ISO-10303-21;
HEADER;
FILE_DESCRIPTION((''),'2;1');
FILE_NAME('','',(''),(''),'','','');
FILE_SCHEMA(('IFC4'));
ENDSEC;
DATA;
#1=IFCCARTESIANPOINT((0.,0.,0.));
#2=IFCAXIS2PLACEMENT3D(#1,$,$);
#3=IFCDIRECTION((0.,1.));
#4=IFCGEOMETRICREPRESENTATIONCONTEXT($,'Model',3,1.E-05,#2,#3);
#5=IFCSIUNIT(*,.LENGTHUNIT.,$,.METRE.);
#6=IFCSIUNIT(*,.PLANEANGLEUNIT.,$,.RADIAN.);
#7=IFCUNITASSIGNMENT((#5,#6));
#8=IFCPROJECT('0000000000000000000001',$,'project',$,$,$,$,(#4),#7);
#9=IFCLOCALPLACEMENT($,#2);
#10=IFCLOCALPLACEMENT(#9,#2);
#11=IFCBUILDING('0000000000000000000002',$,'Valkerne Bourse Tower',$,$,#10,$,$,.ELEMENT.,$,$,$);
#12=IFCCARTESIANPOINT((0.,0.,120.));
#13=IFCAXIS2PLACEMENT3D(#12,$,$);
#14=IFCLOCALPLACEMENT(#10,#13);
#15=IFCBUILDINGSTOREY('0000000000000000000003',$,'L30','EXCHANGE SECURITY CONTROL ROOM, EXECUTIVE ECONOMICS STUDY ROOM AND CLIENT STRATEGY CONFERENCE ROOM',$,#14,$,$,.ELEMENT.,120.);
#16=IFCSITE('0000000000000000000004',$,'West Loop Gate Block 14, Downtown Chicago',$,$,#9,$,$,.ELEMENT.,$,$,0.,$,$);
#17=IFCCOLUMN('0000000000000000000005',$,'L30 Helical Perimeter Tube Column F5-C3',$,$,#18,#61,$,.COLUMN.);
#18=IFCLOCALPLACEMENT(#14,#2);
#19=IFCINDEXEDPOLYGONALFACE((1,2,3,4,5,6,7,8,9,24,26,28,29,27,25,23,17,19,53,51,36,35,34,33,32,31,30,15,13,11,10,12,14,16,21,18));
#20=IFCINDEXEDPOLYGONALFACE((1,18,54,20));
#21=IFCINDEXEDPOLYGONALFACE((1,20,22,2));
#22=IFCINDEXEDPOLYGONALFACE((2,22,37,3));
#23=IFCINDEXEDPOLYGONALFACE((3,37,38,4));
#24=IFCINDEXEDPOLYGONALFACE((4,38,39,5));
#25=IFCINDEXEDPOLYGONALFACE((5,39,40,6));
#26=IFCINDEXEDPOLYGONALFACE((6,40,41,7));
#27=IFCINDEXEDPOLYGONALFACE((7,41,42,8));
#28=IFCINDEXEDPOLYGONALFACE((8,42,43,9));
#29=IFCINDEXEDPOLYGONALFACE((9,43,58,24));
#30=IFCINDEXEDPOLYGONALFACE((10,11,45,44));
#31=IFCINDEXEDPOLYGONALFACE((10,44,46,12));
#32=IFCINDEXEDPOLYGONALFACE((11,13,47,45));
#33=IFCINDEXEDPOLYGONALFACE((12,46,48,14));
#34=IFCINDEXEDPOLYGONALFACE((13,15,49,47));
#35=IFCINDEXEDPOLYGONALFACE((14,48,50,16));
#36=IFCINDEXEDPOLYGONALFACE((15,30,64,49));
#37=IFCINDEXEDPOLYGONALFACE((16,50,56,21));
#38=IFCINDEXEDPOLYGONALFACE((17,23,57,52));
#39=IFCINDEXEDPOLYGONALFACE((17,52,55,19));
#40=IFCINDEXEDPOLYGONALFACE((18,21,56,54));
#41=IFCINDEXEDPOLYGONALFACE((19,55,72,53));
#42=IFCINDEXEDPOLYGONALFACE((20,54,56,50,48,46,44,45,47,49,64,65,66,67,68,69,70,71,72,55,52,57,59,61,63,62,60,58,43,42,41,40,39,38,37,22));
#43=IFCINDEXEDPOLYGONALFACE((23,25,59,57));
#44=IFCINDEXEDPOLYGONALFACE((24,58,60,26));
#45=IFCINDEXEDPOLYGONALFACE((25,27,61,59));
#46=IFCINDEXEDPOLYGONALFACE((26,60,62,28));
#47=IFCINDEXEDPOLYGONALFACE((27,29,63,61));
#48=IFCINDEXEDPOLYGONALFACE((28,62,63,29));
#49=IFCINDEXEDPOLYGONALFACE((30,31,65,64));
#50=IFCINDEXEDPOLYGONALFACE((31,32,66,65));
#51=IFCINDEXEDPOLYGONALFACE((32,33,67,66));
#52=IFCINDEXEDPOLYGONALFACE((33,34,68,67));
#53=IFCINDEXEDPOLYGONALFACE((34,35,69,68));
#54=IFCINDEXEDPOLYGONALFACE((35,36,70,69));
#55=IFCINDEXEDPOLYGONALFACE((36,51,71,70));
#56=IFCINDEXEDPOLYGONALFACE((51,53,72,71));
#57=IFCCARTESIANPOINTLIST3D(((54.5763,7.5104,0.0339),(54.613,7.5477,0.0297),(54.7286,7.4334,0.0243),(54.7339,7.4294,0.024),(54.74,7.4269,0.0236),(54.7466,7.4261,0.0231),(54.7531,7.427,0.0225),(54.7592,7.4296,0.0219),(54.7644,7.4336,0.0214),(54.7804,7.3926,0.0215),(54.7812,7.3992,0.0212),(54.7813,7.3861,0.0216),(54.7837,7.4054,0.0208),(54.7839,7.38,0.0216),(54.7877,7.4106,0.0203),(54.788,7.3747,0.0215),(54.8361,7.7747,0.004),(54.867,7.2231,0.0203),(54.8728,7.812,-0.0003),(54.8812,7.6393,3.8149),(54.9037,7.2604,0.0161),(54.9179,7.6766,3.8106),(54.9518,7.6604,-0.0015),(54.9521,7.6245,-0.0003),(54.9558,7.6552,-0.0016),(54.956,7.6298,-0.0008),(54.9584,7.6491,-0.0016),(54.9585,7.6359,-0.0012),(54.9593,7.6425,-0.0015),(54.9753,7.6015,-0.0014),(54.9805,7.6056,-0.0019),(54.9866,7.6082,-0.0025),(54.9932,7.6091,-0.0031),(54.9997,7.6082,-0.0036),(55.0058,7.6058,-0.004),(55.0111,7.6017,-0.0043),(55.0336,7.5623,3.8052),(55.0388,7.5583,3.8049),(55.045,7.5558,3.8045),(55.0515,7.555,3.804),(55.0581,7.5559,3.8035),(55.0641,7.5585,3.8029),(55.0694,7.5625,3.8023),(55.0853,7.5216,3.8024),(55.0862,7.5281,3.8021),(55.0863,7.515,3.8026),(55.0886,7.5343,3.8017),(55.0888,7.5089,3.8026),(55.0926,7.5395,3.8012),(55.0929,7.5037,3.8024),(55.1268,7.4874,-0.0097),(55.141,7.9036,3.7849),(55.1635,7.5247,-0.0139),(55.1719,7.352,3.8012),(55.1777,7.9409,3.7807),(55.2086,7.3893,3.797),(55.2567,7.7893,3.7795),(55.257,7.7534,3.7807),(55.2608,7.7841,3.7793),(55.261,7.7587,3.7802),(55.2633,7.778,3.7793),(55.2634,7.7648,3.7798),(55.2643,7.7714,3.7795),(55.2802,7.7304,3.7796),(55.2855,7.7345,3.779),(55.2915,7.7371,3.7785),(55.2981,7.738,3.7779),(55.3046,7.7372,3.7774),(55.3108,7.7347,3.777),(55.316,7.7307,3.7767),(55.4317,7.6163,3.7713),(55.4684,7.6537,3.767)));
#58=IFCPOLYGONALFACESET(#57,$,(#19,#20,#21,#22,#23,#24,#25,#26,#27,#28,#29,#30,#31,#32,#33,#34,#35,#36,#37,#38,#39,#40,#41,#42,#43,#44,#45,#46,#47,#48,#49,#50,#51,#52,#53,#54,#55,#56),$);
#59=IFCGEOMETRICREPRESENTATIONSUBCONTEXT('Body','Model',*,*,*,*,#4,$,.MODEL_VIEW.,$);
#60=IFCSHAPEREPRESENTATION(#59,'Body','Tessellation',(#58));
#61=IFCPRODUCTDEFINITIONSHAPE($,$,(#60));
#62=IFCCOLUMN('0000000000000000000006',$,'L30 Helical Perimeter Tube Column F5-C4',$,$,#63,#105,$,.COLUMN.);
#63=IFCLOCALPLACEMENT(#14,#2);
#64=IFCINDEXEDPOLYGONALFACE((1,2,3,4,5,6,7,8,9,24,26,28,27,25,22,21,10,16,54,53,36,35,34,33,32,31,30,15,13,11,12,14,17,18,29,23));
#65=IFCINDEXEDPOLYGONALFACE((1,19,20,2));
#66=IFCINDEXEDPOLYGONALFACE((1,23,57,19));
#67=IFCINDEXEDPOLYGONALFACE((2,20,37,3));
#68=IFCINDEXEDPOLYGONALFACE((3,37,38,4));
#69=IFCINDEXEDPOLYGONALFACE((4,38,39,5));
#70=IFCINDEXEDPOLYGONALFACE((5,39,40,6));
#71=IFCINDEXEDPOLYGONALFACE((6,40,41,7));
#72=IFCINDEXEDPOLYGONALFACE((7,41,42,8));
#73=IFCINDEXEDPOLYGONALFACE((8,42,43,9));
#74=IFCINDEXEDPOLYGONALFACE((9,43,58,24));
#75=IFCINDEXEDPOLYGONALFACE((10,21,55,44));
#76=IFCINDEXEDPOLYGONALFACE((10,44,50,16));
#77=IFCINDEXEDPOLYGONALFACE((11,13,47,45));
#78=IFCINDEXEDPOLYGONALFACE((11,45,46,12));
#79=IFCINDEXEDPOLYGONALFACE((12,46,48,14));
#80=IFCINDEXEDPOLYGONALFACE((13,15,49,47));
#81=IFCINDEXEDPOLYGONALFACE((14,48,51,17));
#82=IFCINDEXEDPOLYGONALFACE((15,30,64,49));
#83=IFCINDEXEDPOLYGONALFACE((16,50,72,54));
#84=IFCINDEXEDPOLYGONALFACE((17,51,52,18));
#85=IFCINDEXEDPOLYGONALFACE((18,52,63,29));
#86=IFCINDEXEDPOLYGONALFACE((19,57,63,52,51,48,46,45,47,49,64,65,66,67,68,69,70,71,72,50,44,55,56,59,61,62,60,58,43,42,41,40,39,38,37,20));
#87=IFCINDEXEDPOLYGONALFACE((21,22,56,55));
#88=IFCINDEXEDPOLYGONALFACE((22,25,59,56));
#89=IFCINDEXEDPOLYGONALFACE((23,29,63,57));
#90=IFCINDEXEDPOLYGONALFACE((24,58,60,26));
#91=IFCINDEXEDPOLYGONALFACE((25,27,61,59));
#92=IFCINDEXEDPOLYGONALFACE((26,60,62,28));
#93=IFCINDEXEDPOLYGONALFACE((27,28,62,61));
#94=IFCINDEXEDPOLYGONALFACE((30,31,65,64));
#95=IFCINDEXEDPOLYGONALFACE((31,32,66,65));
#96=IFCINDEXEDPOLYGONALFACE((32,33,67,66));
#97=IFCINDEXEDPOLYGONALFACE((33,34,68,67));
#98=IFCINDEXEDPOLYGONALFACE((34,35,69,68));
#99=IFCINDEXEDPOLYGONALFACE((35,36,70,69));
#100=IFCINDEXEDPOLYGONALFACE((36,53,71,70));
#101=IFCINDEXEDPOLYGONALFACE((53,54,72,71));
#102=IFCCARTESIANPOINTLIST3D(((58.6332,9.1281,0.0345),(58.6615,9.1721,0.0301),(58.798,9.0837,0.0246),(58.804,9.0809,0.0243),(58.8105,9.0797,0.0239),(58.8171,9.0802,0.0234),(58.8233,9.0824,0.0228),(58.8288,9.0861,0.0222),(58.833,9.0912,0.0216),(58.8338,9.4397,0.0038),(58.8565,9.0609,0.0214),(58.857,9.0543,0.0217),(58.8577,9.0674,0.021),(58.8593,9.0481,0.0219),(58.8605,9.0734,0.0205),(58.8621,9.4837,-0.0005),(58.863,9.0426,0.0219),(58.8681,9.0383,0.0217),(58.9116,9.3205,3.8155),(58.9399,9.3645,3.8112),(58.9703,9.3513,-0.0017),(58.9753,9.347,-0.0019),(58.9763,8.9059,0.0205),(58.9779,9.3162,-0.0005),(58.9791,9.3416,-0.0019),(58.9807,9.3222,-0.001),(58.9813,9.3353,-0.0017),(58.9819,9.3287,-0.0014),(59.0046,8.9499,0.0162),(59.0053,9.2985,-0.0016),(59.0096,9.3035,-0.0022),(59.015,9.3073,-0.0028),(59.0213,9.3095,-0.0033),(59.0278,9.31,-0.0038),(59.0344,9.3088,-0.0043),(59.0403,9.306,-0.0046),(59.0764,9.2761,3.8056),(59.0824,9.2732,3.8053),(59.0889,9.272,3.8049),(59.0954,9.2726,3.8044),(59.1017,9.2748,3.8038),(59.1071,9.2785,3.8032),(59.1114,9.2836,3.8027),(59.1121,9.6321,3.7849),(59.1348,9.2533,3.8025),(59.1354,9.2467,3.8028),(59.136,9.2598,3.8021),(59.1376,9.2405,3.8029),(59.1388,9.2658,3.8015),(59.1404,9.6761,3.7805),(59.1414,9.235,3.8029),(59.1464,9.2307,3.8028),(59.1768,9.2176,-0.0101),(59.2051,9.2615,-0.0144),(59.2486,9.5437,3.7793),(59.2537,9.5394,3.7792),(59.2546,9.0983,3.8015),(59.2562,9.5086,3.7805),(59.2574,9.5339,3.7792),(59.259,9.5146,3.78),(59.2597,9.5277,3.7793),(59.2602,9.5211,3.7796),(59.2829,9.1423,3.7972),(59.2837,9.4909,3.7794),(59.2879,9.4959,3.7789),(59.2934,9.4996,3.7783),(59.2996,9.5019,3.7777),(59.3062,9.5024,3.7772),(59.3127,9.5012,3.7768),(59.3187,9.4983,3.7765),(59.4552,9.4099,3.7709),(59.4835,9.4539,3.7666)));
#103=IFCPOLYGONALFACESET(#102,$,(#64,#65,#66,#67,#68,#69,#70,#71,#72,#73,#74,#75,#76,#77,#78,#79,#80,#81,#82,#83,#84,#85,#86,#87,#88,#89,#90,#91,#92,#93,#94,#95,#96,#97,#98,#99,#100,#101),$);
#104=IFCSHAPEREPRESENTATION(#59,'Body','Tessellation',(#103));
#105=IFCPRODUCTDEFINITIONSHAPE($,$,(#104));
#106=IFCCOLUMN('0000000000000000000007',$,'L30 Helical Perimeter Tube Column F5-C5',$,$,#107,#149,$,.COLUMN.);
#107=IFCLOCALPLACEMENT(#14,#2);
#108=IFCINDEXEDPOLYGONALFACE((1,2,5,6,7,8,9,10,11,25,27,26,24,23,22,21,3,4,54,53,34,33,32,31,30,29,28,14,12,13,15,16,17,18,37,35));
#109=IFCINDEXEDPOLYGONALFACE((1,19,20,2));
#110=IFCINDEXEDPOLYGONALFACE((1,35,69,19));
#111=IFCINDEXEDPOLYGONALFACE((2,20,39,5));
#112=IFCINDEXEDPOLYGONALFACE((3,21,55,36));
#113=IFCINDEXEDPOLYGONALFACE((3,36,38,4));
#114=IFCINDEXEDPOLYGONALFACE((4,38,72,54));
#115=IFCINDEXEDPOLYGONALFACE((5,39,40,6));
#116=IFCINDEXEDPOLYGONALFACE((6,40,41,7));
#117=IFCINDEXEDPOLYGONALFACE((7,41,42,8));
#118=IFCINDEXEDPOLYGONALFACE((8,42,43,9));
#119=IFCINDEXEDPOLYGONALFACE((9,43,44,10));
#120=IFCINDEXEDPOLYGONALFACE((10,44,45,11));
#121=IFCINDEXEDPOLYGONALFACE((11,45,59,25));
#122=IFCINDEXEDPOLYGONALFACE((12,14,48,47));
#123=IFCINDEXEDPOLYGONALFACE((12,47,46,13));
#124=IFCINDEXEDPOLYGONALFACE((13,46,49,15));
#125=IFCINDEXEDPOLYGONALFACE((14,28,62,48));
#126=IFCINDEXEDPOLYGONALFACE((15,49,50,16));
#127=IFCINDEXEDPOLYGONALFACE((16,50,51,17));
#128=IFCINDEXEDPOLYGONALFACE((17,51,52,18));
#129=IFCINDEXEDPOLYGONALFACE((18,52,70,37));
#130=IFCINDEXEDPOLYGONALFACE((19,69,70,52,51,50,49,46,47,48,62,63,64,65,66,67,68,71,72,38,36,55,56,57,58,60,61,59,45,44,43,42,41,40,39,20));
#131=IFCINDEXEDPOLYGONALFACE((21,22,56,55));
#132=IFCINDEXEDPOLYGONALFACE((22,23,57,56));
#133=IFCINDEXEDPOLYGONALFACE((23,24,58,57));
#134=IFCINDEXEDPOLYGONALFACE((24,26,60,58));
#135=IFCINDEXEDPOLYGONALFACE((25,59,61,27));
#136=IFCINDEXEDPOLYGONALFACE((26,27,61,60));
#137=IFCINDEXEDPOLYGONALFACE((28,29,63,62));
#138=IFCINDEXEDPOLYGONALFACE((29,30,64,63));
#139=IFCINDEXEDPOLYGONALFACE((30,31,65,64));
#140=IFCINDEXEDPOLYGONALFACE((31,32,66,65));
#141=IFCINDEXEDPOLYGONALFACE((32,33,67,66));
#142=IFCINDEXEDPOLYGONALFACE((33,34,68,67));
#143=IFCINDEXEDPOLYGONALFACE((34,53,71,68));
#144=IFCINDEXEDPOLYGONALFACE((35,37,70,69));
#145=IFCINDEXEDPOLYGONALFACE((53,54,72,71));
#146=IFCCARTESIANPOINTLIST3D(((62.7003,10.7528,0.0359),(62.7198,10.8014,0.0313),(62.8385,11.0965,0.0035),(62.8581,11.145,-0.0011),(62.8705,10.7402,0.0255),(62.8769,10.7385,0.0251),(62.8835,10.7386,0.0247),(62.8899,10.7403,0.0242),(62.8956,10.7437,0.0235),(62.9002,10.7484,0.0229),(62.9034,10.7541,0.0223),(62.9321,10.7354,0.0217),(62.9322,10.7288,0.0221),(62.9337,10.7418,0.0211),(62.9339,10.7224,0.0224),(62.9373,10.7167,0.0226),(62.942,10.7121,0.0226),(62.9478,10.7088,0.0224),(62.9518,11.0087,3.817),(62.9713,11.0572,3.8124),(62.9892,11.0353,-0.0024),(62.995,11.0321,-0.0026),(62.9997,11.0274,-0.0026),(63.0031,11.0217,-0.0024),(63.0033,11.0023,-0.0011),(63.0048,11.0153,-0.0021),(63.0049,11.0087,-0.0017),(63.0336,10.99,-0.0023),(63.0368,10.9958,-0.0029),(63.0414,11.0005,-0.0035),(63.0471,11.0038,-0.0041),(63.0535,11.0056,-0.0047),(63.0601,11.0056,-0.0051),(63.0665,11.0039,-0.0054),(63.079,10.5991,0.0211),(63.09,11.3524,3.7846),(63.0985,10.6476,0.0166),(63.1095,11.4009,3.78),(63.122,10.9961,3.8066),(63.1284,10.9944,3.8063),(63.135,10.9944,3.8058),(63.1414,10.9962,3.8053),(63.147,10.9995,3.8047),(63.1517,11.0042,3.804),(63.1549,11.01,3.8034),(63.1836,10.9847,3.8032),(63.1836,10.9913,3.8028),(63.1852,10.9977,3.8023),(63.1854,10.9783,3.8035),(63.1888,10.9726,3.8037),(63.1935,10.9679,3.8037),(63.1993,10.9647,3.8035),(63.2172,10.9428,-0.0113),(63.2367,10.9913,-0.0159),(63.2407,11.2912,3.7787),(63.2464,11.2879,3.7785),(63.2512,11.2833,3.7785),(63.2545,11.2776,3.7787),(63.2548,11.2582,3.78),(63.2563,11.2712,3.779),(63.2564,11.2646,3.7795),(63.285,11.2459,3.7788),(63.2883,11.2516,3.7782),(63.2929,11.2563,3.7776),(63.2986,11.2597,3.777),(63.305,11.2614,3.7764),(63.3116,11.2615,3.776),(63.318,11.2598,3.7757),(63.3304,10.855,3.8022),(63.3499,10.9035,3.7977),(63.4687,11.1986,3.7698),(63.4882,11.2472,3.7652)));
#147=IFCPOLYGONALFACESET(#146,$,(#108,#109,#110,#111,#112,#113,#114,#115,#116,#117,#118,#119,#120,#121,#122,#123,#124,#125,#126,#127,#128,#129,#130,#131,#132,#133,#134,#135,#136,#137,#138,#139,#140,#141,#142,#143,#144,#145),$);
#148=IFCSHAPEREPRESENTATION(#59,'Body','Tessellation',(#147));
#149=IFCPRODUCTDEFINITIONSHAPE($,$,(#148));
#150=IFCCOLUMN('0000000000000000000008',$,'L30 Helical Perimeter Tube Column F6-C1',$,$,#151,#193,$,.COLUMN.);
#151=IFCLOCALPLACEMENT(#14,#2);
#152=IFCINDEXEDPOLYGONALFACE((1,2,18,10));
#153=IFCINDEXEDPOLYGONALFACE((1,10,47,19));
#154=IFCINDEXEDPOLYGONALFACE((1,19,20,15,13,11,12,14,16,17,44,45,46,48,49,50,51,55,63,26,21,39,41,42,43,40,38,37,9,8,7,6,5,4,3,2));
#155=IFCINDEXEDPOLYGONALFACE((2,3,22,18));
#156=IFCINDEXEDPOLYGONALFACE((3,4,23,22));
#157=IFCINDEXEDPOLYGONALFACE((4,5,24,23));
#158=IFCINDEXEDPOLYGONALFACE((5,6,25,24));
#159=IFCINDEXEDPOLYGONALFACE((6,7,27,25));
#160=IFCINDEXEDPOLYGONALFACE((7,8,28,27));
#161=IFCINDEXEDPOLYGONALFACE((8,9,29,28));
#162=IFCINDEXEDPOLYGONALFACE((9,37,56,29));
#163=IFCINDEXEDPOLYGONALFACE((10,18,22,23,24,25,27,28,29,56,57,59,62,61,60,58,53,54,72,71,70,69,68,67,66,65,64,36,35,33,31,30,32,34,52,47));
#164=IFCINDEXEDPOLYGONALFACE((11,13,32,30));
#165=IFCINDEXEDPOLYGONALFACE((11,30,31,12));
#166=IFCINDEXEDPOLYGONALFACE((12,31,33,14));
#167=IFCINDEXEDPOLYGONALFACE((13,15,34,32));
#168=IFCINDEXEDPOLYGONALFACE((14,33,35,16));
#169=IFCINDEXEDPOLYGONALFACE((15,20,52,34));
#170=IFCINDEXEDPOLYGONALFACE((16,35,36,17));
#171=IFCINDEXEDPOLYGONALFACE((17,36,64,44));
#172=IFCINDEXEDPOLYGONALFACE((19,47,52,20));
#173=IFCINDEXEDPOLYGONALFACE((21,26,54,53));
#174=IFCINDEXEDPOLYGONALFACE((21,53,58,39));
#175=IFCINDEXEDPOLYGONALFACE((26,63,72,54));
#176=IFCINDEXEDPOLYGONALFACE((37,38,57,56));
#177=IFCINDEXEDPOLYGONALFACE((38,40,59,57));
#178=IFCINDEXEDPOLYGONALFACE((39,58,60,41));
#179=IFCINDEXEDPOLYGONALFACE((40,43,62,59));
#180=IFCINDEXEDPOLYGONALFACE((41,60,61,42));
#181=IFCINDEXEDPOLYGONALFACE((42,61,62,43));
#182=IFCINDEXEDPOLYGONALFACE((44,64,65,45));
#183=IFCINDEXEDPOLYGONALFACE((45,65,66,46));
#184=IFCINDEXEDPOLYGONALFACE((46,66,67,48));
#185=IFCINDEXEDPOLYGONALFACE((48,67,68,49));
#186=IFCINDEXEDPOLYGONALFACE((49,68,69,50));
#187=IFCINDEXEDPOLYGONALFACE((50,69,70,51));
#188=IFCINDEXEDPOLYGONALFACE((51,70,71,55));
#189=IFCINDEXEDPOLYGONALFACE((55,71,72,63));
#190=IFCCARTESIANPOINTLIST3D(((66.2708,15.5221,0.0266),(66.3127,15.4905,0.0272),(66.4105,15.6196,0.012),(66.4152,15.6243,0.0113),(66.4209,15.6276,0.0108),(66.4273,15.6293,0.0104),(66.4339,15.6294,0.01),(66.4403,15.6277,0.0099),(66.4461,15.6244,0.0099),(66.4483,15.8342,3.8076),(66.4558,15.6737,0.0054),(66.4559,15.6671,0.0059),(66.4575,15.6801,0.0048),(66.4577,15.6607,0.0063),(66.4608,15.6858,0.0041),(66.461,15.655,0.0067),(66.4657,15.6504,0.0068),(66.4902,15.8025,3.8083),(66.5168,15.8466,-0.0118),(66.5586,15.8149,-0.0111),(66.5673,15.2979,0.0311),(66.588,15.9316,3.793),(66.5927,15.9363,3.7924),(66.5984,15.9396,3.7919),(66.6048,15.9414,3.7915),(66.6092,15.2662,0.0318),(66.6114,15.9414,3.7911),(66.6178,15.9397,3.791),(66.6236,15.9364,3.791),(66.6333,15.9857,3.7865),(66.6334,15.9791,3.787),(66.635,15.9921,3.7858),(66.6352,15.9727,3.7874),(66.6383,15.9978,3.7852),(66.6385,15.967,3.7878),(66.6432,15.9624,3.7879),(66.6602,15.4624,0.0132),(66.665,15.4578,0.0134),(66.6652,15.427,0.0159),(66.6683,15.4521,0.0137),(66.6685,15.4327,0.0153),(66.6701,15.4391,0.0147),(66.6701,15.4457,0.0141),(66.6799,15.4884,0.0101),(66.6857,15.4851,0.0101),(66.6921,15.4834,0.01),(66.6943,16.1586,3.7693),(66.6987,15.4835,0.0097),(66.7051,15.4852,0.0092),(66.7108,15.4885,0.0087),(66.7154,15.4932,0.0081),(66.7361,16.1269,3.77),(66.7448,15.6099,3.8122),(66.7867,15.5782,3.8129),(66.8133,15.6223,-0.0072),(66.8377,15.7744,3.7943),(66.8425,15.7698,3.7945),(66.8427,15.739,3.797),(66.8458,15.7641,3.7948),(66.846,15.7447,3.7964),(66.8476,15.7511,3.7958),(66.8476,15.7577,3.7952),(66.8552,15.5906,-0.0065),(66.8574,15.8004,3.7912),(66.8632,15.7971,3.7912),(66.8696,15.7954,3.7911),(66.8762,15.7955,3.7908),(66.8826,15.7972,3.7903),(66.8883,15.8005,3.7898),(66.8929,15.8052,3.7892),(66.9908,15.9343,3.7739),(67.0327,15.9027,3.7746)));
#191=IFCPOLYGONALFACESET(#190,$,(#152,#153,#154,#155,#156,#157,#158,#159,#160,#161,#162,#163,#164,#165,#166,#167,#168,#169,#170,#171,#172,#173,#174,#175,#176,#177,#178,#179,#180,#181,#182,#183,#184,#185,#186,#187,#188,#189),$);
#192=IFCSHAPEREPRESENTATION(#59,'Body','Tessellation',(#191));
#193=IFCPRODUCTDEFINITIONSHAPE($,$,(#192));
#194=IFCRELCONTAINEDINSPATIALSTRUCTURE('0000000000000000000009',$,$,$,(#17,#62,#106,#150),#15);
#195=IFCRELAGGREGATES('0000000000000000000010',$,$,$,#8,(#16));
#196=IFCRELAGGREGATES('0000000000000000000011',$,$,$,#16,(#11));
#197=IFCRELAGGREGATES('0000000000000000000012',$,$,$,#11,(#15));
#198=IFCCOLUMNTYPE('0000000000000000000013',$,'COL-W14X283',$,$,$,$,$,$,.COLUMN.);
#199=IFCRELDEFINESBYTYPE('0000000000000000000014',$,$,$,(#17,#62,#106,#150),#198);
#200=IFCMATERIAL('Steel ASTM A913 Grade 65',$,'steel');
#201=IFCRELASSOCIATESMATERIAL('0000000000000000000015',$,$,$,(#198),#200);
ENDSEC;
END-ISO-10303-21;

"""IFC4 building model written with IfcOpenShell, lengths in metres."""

from ifc_helpers import new_model, si_unit, direction, frame, origin, origin_2d, place, context, subcontext, project, spatial, i_section, extrude, material, material_profile, profile_set, type_object, element, save


model = new_model("IFC4")

# Units and contexts
model_context = context("Model", 3, precision=1e-05, world=origin(), true_north=direction((0.0, 1.0)))
body_context = subcontext(model_context, "Body", "Model", "MODEL_VIEW")
ifc_project = project(units=[si_unit("LENGTHUNIT", "METRE"), si_unit("PLANEANGLEUNIT", "RADIAN")], contexts=[model_context])

# Site, building, storey
site_placement = place(None, origin())
site = spatial("IfcSite", under=ifc_project, at=site_placement, Name="West Loop Gate Block 14, Downtown Chicago", CompositionType="ELEMENT", RefElevation=0.0)
building_placement = place(site_placement, origin())
building = spatial("IfcBuilding", under=site, at=building_placement, Name="Valkerne Bourse Tower", CompositionType="ELEMENT")
storey_placement = place(building_placement, frame((0.0, 0.0, 120.0)))
storey = spatial("IfcBuildingStorey", under=building, at=storey_placement, Name="L30", Description="EXCHANGE SECURITY CONTROL ROOM, EXECUTIVE ECONOMICS STUDY ROOM AND CLIENT STRATEGY CONFERENCE ROOM", CompositionType="ELEMENT", Elevation=120.0)

# Columns
ifc_material_1 = material(Name="Steel ASTM A913 Grade 65", Category="steel")
ifc_material_profile_1 = material_profile(ifc_material_1, i_section(OverallWidth=0.4089, OverallDepth=0.4243, WebThickness=0.0327, FlangeThickness=0.0525, FilletRadius=0.0254, at=origin_2d()), Name="W14X283")
ifc_profile_set_1 = profile_set([ifc_material_profile_1], Name="Steel ASTM A913 Grade 65")
column_type = type_object("IfcColumnType", Name="COL-W14X283", PredefinedType="COLUMN", material=ifc_profile_set_1)
column_1_placement = place(storey_placement, frame((54.8699, 7.5176, 0.01), z_axis=(0.080341, 0.033963, 0.996189), x_axis=(-0.710874, 0.702527, 0.033379)))
element("IfcColumn", 1, at=column_1_placement, inside=storey, type_object=column_type, Name="L30 Helical Perimeter Tube Column F5-C3", PredefinedType="COLUMN", context=body_context, shape_type="SweptSolid", body=[
    extrude(i_section(OverallWidth=0.4089, OverallDepth=0.4243, WebThickness=0.0327, FlangeThickness=0.0525, FilletRadius=0.0254, at=origin_2d()), origin(), (0.0, 0.0, 1.0), 3.7954),
])
column_2_placement = place(storey_placement, frame((58.9192, 9.1948, 0.01), z_axis=(0.073317, 0.050679, 0.99602), x_axis=(-0.838872, 0.543259, 0.034108)))
element("IfcColumn", 2, at=column_2_placement, inside=storey, type_object=column_type, Name="L30 Helical Perimeter Tube Column F5-C4", PredefinedType="COLUMN", context=body_context, shape_type="SweptSolid", body=[
    extrude(i_section(OverallWidth=0.4089, OverallDepth=0.4243, WebThickness=0.0327, FlangeThickness=0.0525, FilletRadius=0.0254, at=origin_2d()), origin(), (0.0, 0.0, 1.0), 3.7961),
])
for number, where, z_axis, x_axis, name in (
    (3, (62.9685, 10.8721, 0.01), (0.06621, 0.067367, 0.995529), (-0.92596, 0.375887, 0.036147), "L30 Helical Perimeter Tube Column F5-C5"),
    (4, (66.563, 15.5564, 0.01), (0.046732, 0.082151, 0.995524), (-0.601483, -0.793371, 0.093705), "L30 Helical Perimeter Tube Column F6-C1"),
):
    element("IfcColumn", number, at=place(storey_placement, frame(where, z_axis=z_axis, x_axis=x_axis)), inside=storey, type_object=column_type, Name=name, PredefinedType="COLUMN", context=body_context, shape_type="SweptSolid", body=[
        extrude(i_section(OverallWidth=0.4089, OverallDepth=0.4243, WebThickness=0.0327, FlangeThickness=0.0525, FilletRadius=0.0254, at=origin_2d()), origin(), (0.0, 0.0, 1.0), 3.7981),
    ])

save(model, "model.ifc")
